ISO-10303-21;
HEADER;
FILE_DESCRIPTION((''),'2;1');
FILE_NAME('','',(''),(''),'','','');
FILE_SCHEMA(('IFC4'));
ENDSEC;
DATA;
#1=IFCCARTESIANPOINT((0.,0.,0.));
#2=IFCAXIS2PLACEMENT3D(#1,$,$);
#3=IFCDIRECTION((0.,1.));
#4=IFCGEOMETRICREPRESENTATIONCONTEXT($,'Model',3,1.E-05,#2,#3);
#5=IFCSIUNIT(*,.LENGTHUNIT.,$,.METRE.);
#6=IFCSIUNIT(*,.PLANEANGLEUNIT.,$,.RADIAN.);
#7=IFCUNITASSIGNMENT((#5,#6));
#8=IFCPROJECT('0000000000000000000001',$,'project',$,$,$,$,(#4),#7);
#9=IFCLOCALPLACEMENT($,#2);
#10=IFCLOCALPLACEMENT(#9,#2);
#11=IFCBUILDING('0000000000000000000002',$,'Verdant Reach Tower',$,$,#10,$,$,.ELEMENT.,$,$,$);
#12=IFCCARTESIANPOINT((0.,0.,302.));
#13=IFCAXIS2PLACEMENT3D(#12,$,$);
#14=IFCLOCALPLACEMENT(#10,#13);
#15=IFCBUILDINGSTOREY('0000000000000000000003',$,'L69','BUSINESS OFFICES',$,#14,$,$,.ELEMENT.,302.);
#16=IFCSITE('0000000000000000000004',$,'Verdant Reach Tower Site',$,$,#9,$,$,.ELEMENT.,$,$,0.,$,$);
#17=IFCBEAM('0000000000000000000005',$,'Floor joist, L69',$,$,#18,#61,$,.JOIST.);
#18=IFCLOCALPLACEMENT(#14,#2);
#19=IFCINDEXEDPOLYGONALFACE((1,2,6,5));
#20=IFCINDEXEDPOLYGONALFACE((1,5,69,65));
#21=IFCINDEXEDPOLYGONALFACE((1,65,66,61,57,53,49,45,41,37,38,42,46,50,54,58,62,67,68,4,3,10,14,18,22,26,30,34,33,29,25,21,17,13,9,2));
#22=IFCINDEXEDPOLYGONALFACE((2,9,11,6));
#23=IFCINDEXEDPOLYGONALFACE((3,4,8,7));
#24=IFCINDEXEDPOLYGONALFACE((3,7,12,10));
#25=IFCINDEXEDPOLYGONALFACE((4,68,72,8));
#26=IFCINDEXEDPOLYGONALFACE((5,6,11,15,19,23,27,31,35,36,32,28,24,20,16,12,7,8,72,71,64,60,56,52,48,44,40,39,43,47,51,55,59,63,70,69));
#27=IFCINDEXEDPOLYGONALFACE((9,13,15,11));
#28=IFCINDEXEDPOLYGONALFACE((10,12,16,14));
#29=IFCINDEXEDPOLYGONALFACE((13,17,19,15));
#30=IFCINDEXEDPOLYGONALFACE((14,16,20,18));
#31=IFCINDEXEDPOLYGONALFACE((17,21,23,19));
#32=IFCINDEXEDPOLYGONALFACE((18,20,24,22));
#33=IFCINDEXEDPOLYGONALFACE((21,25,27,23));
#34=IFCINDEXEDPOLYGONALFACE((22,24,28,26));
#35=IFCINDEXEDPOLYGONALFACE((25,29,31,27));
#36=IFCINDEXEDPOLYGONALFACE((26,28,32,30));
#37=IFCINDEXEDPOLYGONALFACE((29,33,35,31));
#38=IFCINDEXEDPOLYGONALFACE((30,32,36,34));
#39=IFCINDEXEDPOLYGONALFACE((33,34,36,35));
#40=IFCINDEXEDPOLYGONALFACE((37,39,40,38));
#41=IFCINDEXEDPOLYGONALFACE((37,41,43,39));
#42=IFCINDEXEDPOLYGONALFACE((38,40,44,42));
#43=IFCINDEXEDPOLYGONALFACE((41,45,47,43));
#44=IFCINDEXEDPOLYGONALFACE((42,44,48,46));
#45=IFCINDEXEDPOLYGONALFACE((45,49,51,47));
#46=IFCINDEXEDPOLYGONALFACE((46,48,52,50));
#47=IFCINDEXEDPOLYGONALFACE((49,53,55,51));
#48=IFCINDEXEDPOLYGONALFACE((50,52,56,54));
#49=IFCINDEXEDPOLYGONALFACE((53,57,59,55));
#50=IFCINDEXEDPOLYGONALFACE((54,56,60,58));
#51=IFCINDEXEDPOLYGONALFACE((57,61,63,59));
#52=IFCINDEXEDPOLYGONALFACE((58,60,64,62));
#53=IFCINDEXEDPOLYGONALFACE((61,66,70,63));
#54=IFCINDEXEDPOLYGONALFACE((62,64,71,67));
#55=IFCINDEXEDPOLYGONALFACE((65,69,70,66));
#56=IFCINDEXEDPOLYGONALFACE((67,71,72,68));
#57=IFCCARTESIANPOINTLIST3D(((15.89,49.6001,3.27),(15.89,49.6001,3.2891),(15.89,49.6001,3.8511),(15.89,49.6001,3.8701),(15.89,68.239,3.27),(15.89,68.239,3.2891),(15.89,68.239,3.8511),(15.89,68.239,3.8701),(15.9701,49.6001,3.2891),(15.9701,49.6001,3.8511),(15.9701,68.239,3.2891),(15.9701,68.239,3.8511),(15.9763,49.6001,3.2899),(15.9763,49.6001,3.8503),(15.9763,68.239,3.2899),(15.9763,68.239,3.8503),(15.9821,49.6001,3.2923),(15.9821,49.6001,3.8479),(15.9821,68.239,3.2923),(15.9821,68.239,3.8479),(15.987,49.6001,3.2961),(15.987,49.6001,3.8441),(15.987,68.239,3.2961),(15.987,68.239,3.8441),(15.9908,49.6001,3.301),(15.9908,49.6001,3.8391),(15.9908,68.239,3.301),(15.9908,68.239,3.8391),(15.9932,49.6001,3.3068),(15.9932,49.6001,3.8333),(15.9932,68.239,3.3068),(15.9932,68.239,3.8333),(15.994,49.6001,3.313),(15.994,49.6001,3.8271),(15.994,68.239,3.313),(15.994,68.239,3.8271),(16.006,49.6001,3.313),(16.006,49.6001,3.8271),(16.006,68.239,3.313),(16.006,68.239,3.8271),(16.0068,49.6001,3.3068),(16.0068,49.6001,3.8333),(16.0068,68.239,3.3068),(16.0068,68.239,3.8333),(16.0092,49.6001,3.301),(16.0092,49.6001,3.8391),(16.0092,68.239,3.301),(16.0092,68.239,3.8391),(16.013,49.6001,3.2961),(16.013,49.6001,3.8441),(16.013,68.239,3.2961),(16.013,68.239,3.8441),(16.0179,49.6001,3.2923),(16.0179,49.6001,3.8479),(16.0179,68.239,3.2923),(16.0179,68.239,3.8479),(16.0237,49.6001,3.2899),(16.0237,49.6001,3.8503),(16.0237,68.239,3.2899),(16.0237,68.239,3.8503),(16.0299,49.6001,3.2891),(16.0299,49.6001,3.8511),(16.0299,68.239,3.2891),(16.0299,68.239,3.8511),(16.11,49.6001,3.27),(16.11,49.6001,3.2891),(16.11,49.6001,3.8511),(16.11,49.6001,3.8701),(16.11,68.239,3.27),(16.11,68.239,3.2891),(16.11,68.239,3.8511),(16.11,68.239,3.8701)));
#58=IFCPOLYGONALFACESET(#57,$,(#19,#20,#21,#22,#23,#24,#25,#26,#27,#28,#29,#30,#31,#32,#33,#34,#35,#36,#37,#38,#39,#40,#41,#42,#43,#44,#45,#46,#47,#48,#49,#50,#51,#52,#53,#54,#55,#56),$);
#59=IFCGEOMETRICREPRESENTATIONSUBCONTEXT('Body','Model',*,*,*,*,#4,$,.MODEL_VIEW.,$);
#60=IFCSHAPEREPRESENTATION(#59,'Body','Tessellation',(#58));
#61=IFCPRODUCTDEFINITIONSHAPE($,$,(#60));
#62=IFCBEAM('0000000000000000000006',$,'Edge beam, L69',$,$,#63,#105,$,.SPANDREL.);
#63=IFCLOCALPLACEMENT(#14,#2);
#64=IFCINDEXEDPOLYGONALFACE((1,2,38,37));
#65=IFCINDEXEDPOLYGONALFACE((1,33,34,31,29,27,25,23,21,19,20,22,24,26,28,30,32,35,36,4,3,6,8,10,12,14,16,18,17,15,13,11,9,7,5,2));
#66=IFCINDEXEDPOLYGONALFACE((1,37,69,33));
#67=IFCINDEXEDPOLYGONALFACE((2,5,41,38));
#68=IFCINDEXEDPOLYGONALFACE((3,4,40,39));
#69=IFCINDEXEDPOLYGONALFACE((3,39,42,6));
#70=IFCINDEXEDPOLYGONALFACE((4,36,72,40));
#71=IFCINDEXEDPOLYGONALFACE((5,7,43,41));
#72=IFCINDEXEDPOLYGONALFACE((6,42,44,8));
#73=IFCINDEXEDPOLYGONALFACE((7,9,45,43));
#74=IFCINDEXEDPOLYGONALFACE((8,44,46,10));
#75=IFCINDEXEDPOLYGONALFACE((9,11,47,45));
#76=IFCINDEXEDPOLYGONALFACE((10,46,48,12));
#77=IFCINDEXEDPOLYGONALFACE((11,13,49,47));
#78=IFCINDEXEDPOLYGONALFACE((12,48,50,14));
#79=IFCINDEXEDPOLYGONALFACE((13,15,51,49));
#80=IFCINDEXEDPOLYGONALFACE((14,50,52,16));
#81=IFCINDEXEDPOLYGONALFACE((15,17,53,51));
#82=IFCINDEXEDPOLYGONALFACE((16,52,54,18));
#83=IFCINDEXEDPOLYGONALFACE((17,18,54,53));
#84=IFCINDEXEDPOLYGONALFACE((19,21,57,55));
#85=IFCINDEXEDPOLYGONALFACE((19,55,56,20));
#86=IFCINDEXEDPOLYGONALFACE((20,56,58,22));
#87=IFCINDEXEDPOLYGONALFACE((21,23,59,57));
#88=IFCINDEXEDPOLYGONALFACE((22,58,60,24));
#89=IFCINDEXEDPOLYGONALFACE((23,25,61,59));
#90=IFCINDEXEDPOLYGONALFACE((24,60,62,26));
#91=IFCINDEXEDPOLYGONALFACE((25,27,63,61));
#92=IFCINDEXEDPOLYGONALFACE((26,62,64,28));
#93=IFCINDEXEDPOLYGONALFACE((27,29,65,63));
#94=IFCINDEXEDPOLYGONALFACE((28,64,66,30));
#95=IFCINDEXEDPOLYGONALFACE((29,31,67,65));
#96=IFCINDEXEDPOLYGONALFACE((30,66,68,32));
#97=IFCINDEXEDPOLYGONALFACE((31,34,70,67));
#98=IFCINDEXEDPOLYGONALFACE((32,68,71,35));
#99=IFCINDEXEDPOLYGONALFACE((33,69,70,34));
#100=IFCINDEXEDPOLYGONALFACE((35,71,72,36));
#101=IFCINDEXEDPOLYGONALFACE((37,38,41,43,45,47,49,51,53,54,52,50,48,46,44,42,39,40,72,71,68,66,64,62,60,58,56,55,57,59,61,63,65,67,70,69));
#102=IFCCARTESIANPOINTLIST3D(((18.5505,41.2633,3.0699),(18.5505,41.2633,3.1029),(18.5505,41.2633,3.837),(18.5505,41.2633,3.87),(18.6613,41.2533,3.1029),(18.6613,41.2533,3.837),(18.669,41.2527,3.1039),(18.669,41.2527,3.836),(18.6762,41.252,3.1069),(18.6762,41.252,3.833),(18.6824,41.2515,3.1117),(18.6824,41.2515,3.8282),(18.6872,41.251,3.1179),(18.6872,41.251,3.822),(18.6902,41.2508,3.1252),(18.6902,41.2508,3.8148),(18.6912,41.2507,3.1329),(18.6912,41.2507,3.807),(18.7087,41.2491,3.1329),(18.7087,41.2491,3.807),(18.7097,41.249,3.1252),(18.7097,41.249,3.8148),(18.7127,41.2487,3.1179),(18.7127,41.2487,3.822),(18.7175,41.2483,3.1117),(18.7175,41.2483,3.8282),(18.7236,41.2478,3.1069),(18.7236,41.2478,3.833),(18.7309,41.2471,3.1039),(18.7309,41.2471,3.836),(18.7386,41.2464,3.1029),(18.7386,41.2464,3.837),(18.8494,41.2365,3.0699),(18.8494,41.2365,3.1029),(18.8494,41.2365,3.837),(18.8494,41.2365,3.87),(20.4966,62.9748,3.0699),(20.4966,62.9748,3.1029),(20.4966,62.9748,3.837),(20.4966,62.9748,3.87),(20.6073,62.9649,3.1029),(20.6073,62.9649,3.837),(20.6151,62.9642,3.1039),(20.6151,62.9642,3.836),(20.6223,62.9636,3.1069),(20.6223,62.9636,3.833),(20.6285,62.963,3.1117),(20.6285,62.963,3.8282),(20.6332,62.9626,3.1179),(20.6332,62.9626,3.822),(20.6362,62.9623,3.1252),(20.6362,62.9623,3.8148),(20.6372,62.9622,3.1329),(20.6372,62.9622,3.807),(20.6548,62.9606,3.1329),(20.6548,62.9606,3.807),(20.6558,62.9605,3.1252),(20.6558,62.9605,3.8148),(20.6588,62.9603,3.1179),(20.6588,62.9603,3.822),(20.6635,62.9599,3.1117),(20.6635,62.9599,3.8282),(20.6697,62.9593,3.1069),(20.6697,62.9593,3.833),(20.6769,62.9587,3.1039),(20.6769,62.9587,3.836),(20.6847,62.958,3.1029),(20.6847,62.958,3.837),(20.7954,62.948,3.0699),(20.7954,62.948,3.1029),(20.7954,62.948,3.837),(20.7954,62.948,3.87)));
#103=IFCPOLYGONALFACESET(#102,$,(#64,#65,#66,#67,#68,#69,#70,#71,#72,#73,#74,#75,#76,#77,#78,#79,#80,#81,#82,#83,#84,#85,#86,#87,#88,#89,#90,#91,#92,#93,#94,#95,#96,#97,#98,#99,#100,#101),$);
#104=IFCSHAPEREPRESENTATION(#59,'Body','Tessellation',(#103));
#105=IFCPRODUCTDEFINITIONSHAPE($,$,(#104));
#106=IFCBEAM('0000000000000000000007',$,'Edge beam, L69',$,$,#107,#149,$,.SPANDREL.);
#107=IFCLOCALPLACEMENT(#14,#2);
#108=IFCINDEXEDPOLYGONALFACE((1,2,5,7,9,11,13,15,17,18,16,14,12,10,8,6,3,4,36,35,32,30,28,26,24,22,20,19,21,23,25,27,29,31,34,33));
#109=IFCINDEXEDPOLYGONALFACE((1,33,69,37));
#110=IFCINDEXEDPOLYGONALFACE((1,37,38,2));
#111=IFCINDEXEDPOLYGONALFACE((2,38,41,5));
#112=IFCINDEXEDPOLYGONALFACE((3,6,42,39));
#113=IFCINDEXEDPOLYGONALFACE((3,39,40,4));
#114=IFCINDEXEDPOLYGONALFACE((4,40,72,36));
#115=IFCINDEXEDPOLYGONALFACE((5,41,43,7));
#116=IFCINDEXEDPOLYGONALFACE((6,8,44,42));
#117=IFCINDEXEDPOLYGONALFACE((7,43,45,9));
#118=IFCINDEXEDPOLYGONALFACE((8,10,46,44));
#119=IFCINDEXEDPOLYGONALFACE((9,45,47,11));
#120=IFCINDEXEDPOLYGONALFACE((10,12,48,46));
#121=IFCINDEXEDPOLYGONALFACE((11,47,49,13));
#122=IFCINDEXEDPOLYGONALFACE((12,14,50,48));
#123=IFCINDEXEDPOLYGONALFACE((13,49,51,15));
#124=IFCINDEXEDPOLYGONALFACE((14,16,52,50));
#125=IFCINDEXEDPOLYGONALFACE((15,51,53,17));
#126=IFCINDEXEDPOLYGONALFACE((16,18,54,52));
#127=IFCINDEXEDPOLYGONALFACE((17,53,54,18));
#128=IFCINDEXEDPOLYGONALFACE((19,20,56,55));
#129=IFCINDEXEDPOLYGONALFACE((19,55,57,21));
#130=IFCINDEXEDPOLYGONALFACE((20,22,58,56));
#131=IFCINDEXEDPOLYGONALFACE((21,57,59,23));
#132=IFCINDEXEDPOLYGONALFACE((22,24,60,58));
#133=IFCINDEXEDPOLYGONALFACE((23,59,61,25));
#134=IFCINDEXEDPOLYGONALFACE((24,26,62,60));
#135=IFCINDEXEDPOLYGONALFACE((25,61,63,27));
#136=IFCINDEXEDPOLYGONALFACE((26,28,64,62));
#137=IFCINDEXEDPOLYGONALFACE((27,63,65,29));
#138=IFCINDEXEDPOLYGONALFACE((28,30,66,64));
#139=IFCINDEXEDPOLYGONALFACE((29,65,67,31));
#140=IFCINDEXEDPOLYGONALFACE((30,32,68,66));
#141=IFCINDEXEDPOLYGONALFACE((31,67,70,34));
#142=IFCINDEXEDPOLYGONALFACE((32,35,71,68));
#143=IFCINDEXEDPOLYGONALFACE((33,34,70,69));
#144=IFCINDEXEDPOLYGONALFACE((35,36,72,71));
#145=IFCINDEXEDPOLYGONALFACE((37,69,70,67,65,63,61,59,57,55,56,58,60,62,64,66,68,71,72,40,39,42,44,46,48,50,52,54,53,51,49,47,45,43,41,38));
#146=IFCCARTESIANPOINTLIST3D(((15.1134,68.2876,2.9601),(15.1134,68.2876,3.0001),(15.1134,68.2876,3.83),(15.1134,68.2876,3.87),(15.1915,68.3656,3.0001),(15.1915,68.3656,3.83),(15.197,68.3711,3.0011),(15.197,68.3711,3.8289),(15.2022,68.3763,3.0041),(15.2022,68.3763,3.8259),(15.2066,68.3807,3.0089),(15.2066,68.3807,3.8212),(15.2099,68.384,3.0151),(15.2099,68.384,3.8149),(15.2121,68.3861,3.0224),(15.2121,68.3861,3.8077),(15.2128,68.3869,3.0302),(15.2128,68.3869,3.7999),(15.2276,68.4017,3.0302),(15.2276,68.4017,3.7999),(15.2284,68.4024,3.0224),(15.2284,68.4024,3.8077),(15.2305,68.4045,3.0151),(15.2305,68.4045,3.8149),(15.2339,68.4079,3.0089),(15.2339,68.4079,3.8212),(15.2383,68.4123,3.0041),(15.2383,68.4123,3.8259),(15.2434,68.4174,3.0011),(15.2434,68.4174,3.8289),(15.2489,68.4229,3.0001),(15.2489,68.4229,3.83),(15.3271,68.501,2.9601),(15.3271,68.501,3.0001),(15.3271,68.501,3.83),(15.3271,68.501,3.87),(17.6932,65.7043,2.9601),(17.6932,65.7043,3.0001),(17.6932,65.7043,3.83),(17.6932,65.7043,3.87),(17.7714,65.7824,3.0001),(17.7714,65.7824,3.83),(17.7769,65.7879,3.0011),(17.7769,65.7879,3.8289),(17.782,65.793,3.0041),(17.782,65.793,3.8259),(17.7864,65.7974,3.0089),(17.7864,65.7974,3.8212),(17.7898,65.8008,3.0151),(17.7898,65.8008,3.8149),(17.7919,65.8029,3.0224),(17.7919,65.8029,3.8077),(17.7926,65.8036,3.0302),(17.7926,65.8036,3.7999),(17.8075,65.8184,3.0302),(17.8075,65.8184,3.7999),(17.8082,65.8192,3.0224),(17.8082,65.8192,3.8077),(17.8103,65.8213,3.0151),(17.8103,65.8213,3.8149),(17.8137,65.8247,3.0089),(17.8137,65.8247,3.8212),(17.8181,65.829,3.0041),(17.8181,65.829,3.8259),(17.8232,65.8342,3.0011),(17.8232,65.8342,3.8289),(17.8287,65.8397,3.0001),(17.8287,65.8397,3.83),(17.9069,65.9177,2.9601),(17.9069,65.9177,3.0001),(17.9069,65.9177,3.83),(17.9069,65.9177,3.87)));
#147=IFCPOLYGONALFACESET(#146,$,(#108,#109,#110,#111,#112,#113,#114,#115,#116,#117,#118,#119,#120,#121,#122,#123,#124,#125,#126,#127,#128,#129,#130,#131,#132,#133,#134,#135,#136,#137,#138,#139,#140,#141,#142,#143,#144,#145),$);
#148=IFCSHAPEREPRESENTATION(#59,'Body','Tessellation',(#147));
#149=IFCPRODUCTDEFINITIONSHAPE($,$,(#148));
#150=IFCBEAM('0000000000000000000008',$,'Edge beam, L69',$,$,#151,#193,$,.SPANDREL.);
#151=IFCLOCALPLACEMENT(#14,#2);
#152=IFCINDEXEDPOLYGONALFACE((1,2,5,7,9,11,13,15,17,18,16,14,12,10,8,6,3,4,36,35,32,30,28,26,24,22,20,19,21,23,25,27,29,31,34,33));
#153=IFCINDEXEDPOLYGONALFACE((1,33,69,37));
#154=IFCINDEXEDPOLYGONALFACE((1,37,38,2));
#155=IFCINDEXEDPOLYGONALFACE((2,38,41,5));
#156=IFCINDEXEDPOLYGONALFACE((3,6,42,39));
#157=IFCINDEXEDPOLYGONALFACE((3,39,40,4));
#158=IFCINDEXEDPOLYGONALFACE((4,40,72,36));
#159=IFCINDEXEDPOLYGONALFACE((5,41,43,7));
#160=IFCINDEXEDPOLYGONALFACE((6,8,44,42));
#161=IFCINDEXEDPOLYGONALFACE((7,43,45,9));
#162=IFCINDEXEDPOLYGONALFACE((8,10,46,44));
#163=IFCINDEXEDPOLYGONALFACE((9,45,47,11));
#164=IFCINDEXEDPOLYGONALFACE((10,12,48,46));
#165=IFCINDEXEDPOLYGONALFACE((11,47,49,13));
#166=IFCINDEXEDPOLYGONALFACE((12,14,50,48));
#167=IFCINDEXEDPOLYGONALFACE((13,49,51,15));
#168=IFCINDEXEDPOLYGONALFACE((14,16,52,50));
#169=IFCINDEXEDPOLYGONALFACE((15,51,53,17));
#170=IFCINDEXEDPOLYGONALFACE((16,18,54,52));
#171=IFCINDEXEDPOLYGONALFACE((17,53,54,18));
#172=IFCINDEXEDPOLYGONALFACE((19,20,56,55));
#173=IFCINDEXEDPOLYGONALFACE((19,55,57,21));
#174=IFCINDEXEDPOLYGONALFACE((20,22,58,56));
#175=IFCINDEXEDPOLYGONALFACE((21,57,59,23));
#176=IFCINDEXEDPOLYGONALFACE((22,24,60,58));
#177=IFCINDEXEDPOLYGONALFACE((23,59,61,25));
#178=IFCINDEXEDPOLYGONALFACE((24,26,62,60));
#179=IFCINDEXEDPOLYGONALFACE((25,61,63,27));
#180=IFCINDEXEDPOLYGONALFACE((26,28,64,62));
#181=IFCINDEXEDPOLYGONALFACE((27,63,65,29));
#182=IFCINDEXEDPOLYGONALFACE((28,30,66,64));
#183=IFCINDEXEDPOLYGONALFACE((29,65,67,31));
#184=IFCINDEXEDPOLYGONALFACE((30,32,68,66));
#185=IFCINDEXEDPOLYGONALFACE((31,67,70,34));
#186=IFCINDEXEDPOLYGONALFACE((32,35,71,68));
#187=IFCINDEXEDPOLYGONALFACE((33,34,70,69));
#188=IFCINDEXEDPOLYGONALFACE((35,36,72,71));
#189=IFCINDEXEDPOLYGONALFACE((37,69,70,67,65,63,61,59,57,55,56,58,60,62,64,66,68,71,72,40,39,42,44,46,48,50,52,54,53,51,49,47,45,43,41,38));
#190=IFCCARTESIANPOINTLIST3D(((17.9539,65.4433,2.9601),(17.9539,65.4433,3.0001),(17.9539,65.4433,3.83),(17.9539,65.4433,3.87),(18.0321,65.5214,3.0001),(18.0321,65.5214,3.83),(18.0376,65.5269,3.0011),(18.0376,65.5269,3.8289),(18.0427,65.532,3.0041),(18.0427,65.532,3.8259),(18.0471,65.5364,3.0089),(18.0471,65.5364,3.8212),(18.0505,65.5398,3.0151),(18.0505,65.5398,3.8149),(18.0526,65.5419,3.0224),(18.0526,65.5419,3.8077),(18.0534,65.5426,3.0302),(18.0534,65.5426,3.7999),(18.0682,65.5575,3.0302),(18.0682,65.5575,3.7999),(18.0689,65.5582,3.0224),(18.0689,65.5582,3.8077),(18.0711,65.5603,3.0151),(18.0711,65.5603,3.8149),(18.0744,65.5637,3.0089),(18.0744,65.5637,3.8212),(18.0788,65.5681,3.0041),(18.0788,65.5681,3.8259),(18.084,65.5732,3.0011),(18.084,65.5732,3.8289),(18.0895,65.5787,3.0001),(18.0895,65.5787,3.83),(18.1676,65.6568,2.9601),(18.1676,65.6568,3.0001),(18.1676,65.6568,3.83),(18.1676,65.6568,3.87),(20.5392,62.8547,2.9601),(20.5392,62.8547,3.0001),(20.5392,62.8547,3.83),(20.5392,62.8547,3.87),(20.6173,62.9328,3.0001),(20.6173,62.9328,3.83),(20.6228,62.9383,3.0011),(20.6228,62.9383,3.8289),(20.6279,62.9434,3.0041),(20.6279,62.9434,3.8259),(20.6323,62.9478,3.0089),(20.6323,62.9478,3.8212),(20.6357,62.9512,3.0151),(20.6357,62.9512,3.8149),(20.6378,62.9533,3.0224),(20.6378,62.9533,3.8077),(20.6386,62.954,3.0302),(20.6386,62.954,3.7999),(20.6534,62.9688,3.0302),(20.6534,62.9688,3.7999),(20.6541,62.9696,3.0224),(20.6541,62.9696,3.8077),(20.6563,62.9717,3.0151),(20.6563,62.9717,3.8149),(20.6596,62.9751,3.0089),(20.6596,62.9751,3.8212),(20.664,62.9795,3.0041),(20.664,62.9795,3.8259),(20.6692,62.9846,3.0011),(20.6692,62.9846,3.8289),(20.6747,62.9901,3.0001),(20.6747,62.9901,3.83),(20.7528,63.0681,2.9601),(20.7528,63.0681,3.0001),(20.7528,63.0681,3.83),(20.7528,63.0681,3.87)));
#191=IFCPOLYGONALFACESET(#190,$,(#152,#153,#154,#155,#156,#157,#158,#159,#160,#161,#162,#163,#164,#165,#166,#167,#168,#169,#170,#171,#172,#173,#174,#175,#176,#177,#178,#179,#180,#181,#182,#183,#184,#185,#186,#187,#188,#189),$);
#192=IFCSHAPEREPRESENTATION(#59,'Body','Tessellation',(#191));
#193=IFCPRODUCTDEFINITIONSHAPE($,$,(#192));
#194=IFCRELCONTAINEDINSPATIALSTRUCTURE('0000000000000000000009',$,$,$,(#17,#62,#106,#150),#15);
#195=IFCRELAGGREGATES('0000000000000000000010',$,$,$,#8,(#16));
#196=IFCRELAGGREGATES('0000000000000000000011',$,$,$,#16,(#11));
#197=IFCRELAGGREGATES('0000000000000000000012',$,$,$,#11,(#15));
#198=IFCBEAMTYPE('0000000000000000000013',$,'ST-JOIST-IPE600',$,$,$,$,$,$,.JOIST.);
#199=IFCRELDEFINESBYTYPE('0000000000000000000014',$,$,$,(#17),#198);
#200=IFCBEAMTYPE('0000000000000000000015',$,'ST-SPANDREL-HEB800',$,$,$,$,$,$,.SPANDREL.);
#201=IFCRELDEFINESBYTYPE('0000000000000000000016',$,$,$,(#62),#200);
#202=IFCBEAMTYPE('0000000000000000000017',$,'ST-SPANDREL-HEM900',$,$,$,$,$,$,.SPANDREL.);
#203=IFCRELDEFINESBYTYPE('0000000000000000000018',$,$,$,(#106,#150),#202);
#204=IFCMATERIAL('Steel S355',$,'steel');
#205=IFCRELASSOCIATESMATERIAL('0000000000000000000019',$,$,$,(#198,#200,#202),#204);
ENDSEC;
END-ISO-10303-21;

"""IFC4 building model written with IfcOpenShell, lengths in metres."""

from ifc_helpers import new_model, si_unit, direction, frame, origin, origin_2d, place, context, subcontext, project, spatial, i_section, extrude, material, material_profile, profile_set, type_object, element, save


model = new_model("IFC4")

# Units and contexts
model_context = context("Model", 3, precision=1e-05, world=origin(), true_north=direction((0.0, 1.0)))
body_context = subcontext(model_context, "Body", "Model", "MODEL_VIEW")
ifc_project = project(units=[si_unit("LENGTHUNIT", "METRE"), si_unit("PLANEANGLEUNIT", "RADIAN")], contexts=[model_context])

# Site, building, storey
site_placement = place(None, origin())
site = spatial("IfcSite", under=ifc_project, at=site_placement, Name="Verdant Reach Tower Site", CompositionType="ELEMENT", RefElevation=0.0)
building_placement = place(site_placement, origin())
building = spatial("IfcBuilding", under=site, at=building_placement, Name="Verdant Reach Tower", CompositionType="ELEMENT")
storey_placement = place(building_placement, frame((0.0, 0.0, 302.0)))
storey = spatial("IfcBuildingStorey", under=building, at=storey_placement, Name="L69", Description="BUSINESS OFFICES", CompositionType="ELEMENT", Elevation=302.0)

# Beams
ifc_material_1 = material(Name="Steel S355", Category="steel")
ifc_material_profile_1 = material_profile(ifc_material_1, i_section(OverallWidth=0.22, OverallDepth=0.6001, WebThickness=0.012, FlangeThickness=0.019, FilletRadius=0.0239, at=origin_2d()), Name="IPE 600")
ifc_profile_set_1 = profile_set([ifc_material_profile_1], Name="Steel S355")
beam_type_1 = type_object("IfcBeamType", Name="ST-JOIST-IPE600", PredefinedType="JOIST", material=ifc_profile_set_1)
beam_1_placement = place(storey_placement, frame((16.0, 49.6001, 3.5701), z_axis=(0.0, 1.0, 0.0), x_axis=(-1.0, 0.0, 0.0)))
element("IfcBeam", 1, at=beam_1_placement, inside=storey, type_object=beam_type_1, Name="Floor joist, L69", PredefinedType="JOIST", context=body_context, shape_type="SweptSolid", body=[
    extrude(i_section(OverallWidth=0.22, OverallDepth=0.6001, WebThickness=0.012, FlangeThickness=0.019, FilletRadius=0.0239, at=origin_2d()), origin(), (0.0, 0.0, 1.0), 18.6389),
])
ifc_material_profile_2 = material_profile(ifc_material_1, i_section(OverallWidth=0.3, OverallDepth=0.8, WebThickness=0.0176, FlangeThickness=0.033, FilletRadius=0.03, at=origin_2d()), Name="HEB 800")
ifc_profile_set_2 = profile_set([ifc_material_profile_2], Name="Steel S355")
beam_type_2 = type_object("IfcBeamType", Name="ST-SPANDREL-HEB800", PredefinedType="SPANDREL", material=ifc_profile_set_2)
beam_2_placement = place(storey_placement, frame((20.646, 62.9614, 3.47), z_axis=(-0.089274, -0.996007, 0.0), x_axis=(0.996007, -0.089274, 0.0)))
element("IfcBeam", 2, at=beam_2_placement, inside=storey, type_object=beam_type_2, Name="Edge beam, L69", PredefinedType="SPANDREL", context=body_context, shape_type="SweptSolid", body=[
    extrude(i_section(OverallWidth=0.3, OverallDepth=0.8, WebThickness=0.0176, FlangeThickness=0.033, FilletRadius=0.03, at=origin_2d()), origin(), (0.0, 0.0, 1.0), 21.7986),
])
ifc_material_profile_3 = material_profile(ifc_material_1, i_section(OverallWidth=0.302, OverallDepth=0.9099, WebThickness=0.021, FlangeThickness=0.04, FilletRadius=0.03, at=origin_2d()), Name="HEM 900")
ifc_profile_set_3 = profile_set([ifc_material_profile_3], Name="Steel S355")
beam_type_3 = type_object("IfcBeamType", Name="ST-SPANDREL-HEM900", PredefinedType="SPANDREL", material=ifc_profile_set_3)
beam_3_placement = place(storey_placement, frame((15.2202, 68.3943, 3.415), z_axis=(0.706639, -0.707575, 0.0), x_axis=(0.707575, 0.706639, 0.0)))
element("IfcBeam", 3, at=beam_3_placement, inside=storey, type_object=beam_type_3, Name="Edge beam, L69", PredefinedType="SPANDREL", context=body_context, shape_type="SweptSolid", body=[
    extrude(i_section(OverallWidth=0.302, OverallDepth=0.9099, WebThickness=0.021, FlangeThickness=0.04, FilletRadius=0.03, at=origin_2d()), origin(), (0.0, 0.0, 1.0), 3.6509),
])
beam_4_placement = place(storey_placement, frame((18.0608, 65.55, 3.415), z_axis=(0.706639, -0.707574, 0.0), x_axis=(0.707574, 0.706639, 0.0)))
element("IfcBeam", 4, at=beam_4_placement, inside=storey, type_object=beam_type_3, Name="Edge beam, L69", PredefinedType="SPANDREL", context=body_context, shape_type="SweptSolid", body=[
    extrude(i_section(OverallWidth=0.302, OverallDepth=0.9099, WebThickness=0.021, FlangeThickness=0.04, FilletRadius=0.03, at=origin_2d()), origin(), (0.0, 0.0, 1.0), 3.6584),
])

save(model, "model.ifc")
